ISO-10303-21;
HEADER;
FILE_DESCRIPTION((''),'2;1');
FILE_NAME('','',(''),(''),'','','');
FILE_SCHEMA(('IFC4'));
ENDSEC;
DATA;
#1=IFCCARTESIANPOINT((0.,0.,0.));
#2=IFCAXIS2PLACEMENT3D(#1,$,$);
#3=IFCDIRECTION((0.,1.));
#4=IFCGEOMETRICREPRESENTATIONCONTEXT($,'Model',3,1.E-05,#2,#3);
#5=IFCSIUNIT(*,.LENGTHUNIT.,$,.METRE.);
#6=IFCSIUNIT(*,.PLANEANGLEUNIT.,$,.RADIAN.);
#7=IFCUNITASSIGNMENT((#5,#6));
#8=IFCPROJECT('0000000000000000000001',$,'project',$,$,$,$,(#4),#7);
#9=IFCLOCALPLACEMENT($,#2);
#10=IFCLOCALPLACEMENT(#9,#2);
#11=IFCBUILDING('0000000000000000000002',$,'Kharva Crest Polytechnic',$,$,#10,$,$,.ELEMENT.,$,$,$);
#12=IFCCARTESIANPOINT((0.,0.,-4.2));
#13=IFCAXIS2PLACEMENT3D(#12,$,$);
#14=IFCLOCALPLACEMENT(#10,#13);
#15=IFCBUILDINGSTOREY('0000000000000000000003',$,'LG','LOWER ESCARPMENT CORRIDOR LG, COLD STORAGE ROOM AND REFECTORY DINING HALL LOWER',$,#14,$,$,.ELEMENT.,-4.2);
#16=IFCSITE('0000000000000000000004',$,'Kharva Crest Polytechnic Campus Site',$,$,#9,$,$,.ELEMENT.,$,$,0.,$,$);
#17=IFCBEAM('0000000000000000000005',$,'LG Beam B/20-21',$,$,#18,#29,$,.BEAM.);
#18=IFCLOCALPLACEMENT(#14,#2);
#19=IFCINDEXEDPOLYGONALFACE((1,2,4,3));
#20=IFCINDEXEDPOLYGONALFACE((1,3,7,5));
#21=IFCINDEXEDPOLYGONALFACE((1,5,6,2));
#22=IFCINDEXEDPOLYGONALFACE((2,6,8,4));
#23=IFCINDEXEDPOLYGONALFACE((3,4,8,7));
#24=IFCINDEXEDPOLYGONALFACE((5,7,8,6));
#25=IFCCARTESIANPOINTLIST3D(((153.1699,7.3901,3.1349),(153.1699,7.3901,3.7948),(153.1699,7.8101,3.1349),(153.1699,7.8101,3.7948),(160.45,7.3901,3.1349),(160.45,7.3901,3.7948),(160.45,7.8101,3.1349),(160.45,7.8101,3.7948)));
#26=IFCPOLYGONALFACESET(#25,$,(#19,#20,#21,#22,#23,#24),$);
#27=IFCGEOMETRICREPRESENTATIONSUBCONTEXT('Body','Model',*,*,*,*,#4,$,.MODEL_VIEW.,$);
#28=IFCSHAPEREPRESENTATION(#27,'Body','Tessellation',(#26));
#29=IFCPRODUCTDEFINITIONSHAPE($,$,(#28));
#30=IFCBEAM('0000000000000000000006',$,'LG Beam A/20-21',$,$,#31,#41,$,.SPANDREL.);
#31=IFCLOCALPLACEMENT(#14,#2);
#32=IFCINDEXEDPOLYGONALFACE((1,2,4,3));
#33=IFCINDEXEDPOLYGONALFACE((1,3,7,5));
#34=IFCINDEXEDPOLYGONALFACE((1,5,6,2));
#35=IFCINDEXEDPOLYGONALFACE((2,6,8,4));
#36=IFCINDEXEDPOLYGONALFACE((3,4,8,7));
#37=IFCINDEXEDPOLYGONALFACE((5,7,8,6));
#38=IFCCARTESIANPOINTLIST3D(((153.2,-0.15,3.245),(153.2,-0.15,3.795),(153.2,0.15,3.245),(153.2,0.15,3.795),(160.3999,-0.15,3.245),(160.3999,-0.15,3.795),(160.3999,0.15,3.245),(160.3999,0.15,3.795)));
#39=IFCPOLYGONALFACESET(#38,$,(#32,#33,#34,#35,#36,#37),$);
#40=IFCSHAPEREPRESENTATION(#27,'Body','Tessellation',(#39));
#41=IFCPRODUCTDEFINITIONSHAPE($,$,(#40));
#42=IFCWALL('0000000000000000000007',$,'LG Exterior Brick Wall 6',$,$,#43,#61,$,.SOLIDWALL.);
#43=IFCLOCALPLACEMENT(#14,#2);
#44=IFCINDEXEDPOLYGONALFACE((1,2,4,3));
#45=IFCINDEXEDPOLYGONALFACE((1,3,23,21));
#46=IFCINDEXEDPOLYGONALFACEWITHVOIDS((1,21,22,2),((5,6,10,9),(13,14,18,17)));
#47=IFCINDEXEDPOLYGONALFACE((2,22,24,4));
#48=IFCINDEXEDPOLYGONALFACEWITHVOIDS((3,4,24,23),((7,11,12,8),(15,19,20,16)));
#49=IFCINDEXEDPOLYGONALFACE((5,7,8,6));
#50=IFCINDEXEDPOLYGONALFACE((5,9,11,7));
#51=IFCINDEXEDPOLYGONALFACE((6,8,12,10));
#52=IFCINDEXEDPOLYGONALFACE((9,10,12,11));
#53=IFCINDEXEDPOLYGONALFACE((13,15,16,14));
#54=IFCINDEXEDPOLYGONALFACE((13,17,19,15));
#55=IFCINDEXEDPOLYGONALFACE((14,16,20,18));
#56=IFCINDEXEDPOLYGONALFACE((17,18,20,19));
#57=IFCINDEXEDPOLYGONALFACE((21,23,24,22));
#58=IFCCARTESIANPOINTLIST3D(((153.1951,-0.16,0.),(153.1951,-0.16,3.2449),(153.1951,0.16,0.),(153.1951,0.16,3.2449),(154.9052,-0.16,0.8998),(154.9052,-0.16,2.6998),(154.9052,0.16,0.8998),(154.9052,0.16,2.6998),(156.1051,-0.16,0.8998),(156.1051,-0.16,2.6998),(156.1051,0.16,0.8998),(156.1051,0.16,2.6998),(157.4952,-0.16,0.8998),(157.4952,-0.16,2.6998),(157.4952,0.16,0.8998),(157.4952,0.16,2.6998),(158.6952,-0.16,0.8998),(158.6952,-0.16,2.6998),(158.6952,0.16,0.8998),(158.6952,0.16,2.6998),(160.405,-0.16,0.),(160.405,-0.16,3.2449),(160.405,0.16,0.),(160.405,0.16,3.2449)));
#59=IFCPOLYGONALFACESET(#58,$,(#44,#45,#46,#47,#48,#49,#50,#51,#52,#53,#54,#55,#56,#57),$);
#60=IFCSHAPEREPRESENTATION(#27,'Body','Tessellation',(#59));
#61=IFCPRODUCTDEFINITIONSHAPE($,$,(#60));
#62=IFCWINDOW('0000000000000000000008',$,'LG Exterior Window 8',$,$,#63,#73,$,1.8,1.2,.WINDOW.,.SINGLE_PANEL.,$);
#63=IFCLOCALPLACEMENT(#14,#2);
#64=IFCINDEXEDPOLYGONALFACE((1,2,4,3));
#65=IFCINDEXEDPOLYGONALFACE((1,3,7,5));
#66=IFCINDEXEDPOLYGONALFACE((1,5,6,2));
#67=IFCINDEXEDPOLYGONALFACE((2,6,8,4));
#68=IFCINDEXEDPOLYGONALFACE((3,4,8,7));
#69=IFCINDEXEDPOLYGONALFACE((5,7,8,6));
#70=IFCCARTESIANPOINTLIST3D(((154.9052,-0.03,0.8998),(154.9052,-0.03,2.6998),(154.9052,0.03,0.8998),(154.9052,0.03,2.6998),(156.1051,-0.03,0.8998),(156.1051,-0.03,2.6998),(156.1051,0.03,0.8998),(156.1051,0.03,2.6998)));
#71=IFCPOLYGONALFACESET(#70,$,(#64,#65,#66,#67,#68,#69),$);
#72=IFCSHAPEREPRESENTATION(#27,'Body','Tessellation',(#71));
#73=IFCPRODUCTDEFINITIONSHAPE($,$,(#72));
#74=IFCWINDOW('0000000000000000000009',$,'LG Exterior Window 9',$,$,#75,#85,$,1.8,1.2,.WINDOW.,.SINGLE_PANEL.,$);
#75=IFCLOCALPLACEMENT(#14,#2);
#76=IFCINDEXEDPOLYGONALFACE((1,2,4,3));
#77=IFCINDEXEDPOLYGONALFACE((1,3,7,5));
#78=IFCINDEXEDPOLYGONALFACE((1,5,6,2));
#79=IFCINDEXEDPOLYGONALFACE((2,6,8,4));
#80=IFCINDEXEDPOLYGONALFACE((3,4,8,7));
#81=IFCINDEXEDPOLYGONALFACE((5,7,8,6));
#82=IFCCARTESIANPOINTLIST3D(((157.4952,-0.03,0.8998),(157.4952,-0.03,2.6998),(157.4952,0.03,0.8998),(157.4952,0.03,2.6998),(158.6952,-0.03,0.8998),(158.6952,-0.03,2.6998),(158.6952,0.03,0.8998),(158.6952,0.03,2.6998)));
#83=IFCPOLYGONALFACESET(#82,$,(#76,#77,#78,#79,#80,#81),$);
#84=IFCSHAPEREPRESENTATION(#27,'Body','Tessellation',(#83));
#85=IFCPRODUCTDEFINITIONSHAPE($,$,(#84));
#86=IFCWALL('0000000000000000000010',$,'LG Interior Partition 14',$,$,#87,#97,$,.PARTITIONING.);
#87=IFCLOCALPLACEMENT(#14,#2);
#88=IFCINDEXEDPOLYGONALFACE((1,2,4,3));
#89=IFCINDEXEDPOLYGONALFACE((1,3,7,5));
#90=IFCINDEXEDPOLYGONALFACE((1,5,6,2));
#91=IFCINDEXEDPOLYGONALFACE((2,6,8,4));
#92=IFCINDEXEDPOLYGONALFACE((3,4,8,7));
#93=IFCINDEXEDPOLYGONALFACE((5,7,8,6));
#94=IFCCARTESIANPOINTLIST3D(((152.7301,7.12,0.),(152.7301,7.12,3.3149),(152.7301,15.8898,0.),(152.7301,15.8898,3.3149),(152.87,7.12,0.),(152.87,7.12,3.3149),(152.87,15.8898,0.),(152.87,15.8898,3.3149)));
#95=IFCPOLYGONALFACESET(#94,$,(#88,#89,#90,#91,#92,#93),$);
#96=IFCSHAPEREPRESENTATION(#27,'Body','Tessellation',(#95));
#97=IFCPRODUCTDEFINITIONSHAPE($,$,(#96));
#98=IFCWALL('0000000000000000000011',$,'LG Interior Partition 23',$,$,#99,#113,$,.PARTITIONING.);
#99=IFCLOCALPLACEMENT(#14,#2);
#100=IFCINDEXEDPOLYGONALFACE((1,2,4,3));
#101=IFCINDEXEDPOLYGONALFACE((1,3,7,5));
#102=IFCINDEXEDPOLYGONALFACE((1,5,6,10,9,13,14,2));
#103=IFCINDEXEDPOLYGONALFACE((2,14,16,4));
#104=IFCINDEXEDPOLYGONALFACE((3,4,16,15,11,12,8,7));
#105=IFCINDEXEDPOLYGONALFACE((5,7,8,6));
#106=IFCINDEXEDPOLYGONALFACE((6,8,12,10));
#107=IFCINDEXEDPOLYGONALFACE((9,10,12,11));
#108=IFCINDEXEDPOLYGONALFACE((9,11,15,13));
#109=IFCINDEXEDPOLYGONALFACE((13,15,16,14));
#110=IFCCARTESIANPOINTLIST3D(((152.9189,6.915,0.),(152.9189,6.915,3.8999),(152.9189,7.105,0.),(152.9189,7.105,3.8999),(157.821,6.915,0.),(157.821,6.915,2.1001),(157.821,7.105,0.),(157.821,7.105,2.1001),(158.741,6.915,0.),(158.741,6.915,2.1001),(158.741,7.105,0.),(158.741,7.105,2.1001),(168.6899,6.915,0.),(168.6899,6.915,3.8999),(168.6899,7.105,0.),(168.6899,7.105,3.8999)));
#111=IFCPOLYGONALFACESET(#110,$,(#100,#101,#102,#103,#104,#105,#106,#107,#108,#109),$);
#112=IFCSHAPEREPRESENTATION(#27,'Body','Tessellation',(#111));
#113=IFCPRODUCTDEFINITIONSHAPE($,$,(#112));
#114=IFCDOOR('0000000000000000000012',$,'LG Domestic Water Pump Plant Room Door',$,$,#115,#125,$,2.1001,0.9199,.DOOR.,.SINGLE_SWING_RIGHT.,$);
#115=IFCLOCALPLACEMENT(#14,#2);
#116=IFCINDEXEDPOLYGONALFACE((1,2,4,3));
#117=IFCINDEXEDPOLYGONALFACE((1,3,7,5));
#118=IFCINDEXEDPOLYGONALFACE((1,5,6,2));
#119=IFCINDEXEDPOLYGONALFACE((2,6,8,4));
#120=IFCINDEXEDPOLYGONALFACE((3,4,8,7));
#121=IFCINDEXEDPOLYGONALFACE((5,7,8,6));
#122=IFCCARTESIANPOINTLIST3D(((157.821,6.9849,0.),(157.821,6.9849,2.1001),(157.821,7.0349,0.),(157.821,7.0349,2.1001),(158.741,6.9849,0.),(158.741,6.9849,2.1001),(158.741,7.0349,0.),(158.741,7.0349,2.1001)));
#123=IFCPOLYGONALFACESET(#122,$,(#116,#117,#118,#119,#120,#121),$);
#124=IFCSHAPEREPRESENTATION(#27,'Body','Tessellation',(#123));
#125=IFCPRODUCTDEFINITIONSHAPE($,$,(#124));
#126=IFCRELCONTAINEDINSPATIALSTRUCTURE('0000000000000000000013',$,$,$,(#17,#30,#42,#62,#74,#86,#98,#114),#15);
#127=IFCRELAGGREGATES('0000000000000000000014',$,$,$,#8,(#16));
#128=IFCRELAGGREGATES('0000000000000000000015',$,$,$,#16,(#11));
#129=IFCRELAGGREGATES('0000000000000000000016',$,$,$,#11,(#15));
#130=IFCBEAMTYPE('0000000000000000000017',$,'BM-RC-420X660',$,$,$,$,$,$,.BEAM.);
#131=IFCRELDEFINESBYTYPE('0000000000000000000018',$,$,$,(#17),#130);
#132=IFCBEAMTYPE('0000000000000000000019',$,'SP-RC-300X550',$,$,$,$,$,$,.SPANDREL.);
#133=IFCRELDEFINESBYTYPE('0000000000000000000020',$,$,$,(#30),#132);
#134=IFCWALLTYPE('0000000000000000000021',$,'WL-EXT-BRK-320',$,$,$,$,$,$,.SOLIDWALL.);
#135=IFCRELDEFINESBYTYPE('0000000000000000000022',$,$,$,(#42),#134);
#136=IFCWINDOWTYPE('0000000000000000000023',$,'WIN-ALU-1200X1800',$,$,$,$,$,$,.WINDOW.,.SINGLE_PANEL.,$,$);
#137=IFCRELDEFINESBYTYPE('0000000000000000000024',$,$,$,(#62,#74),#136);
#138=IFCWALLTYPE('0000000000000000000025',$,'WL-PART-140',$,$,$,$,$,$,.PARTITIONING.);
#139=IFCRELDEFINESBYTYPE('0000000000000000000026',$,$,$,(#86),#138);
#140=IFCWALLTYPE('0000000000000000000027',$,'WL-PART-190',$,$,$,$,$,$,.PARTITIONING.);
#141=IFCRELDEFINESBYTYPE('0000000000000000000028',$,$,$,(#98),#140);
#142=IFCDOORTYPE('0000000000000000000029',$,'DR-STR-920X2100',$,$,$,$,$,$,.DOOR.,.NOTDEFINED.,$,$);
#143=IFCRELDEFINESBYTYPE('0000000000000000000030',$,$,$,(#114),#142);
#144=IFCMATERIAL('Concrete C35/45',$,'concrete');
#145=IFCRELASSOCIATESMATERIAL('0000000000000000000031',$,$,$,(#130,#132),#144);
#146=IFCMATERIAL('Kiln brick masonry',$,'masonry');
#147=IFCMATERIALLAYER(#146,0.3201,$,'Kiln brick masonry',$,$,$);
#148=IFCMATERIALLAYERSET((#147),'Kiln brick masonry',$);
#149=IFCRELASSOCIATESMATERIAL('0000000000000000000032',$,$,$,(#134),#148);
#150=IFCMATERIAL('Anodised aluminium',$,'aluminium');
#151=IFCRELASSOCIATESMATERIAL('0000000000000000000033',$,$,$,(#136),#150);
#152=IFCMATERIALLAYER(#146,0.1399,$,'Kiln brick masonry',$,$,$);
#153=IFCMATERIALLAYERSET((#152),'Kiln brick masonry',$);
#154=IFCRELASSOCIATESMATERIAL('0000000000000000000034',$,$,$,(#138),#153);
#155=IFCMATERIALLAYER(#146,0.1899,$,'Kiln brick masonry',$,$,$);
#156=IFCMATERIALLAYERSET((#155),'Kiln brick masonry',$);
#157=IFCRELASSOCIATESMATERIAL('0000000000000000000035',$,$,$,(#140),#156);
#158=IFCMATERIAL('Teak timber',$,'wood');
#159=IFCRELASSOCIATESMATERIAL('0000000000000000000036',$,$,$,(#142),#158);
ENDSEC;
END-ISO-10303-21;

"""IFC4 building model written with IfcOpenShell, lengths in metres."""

from ifc_helpers import new_model, si_unit, direction, frame, frame_2d, origin, origin_2d, place, context, subcontext, project, spatial, rectangle, extrude, material, layer, layer_set, material_profile, profile_set, type_object, element, fill, save


model = new_model("IFC4")

# Units and contexts
model_context = context("Model", 3, precision=1e-05, world=origin(), true_north=direction((0.0, 1.0)))
body_context = subcontext(model_context, "Body", "Model", "MODEL_VIEW")
ifc_project = project(units=[si_unit("LENGTHUNIT", "METRE"), si_unit("PLANEANGLEUNIT", "RADIAN")], contexts=[model_context])

# Site, building, storey
site_placement = place(None, origin())
site = spatial("IfcSite", under=ifc_project, at=site_placement, Name="Kharva Crest Polytechnic Campus Site", CompositionType="ELEMENT", RefElevation=0.0)
building_placement = place(site_placement, origin())
building = spatial("IfcBuilding", under=site, at=building_placement, Name="Kharva Crest Polytechnic", CompositionType="ELEMENT")
storey_placement = place(building_placement, frame((0.0, 0.0, -4.2)))
storey = spatial("IfcBuildingStorey", under=building, at=storey_placement, Name="LG", Description="LOWER ESCARPMENT CORRIDOR LG, COLD STORAGE ROOM AND REFECTORY DINING HALL LOWER", CompositionType="ELEMENT", Elevation=-4.2)

# Shared definitions
ifc_material_1 = material(Name="Concrete C35/45", Category="concrete")

# Beams
ifc_material_profile_1 = material_profile(ifc_material_1, rectangle(XDim=0.4199, YDim=0.6599, at=origin_2d()), Name="RECT 420 X 660")
ifc_profile_set_1 = profile_set([ifc_material_profile_1], Name="Concrete C35/45")
beam_type_1 = type_object("IfcBeamType", Name="BM-RC-420X660", PredefinedType="BEAM", material=ifc_profile_set_1)
beam_1_placement = place(storey_placement, frame((153.1699, 7.6001, 3.4648), z_axis=(1.0, 0.0, 0.0), x_axis=(0.0, 1.0, 0.0)))
element("IfcBeam", 1, at=beam_1_placement, inside=storey, type_object=beam_type_1, Name="LG Beam B/20-21", PredefinedType="BEAM", context=body_context, shape_type="SweptSolid", body=[
    extrude(rectangle(XDim=0.4199, YDim=0.6599, at=origin_2d()), origin(), (0.0, 0.0, 1.0), 7.28),
])
ifc_material_profile_2 = material_profile(ifc_material_1, rectangle(XDim=0.3, YDim=0.55, at=origin_2d()), Name="RECT 300 X 550")
ifc_profile_set_2 = profile_set([ifc_material_profile_2], Name="Concrete C35/45")
beam_type_2 = type_object("IfcBeamType", Name="SP-RC-300X550", PredefinedType="SPANDREL", material=ifc_profile_set_2)
beam_2_placement = place(storey_placement, frame((153.2, 0.0, 3.52), z_axis=(1.0, 0.0, 0.0), x_axis=(0.0, 1.0, 0.0)))
element("IfcBeam", 2, at=beam_2_placement, inside=storey, type_object=beam_type_2, Name="LG Beam A/20-21", PredefinedType="SPANDREL", context=body_context, shape_type="SweptSolid", body=[
    extrude(rectangle(XDim=0.3, YDim=0.55, at=origin_2d()), origin(), (0.0, 0.0, 1.0), 7.2),
])

# Wall, openings, windows
ifc_material_2 = material(Name="Kiln brick masonry", Category="masonry")
ifc_layer_1 = layer(ifc_material_2, 0.3201, Name="Kiln brick masonry")
ifc_layer_set_1 = layer_set([ifc_layer_1], Name="Kiln brick masonry")
wall_type_1 = type_object("IfcWallType", Name="WL-EXT-BRK-320", PredefinedType="SOLIDWALL", material=ifc_layer_set_1)
wall_1_placement = place(storey_placement, frame((153.1951, 0.0, 0.0), z_axis=(0.0, 0.0, 1.0), x_axis=(1.0, 0.0, 0.0)))
wall_1 = element("IfcWall", 3, at=wall_1_placement, inside=storey, type_object=wall_type_1, Name="LG Exterior Brick Wall 6", PredefinedType="SOLIDWALL", context=body_context, shape_type="SweptSolid", body=[
    extrude(rectangle(XDim=7.21, YDim=0.3201, at=frame_2d((3.605, 0.0))), origin(), (0.0, 0.0, 1.0), 3.2449),
])
opening_1_placement = place(wall_1_placement, frame((1.71, 0.0, 0.8999)))
opening_1 = element("IfcOpeningElement", 4, at=opening_1_placement, cuts=wall_1, PredefinedType="OPENING", context=body_context, shape_type="SweptSolid", body=[
    extrude(rectangle(XDim=1.2, YDim=1.8, at=frame_2d((0.6001, 0.8999))), frame((0.0, 0.1699, 0.0), z_axis=(0.0, -1.0, 0.0), x_axis=(1.0, 0.0, 0.0)), (0.0, 0.0, 1.0), 0.3401),
])
opening_2_placement = place(wall_1_placement, frame((4.3, 0.0, 0.8999)))
opening_2 = element("IfcOpeningElement", 5, at=opening_2_placement, cuts=wall_1, PredefinedType="OPENING", context=body_context, shape_type="SweptSolid", body=[
    extrude(rectangle(XDim=1.2, YDim=1.8, at=frame_2d((0.6001, 0.8999))), frame((0.0, 0.1699, 0.0), z_axis=(0.0, -1.0, 0.0), x_axis=(1.0, 0.0, 0.0)), (0.0, 0.0, 1.0), 0.3401),
])
ifc_material_3 = material(Name="Anodised aluminium", Category="aluminium")
window_type = type_object("IfcWindowType", Name="WIN-ALU-1200X1800", PartitioningType="SINGLE_PANEL", PredefinedType="WINDOW", material=ifc_material_3)
window_1_placement = place(opening_1_placement, origin())
window_1 = element("IfcWindow", 6, at=window_1_placement, inside=storey, type_object=window_type, Name="LG Exterior Window 8", OverallHeight=1.8, OverallWidth=1.2, PartitioningType="SINGLE_PANEL", PredefinedType="WINDOW", context=body_context, shape_type="SweptSolid", body=[
    extrude(rectangle(XDim=1.2, YDim=1.8, at=frame_2d((0.6001, 0.8999))), frame((0.0, 0.03, 0.0), z_axis=(0.0, -1.0, 0.0), x_axis=(1.0, 0.0, 0.0)), (0.0, 0.0, 1.0), 0.0601),
])
fill(opening_1, window_1)
window_2_placement = place(opening_2_placement, origin())
window_2 = element("IfcWindow", 7, at=window_2_placement, inside=storey, type_object=window_type, Name="LG Exterior Window 9", OverallHeight=1.8, OverallWidth=1.2, PartitioningType="SINGLE_PANEL", PredefinedType="WINDOW", context=body_context, shape_type="SweptSolid", body=[
    extrude(rectangle(XDim=1.2, YDim=1.8, at=frame_2d((0.6001, 0.8999))), frame((0.0, 0.03, 0.0), z_axis=(0.0, -1.0, 0.0), x_axis=(1.0, 0.0, 0.0)), (0.0, 0.0, 1.0), 0.0601),
])
fill(opening_2, window_2)

# Wall
ifc_layer_2 = layer(ifc_material_2, 0.1399, Name="Kiln brick masonry")
ifc_layer_set_2 = layer_set([ifc_layer_2], Name="Kiln brick masonry")
wall_type_2 = type_object("IfcWallType", Name="WL-PART-140", PredefinedType="PARTITIONING", material=ifc_layer_set_2)
wall_2_placement = place(storey_placement, frame((152.8, 7.1201, 0.0), z_axis=(0.0, 0.0, 1.0), x_axis=(0.0, 1.0, 0.0)))
element("IfcWall", 8, at=wall_2_placement, inside=storey, type_object=wall_type_2, Name="LG Interior Partition 14", PredefinedType="PARTITIONING", context=body_context, shape_type="SweptSolid", body=[
    extrude(rectangle(XDim=8.7698, YDim=0.1399, at=frame_2d((4.3848, 0.0))), origin(), (0.0, 0.0, 1.0), 3.3149),
])

# Wall, opening, door
ifc_layer_3 = layer(ifc_material_2, 0.1899, Name="Kiln brick masonry")
ifc_layer_set_3 = layer_set([ifc_layer_3], Name="Kiln brick masonry")
wall_type_3 = type_object("IfcWallType", Name="WL-PART-190", PredefinedType="PARTITIONING", material=ifc_layer_set_3)
wall_3_placement = place(storey_placement, frame((152.9189, 7.01, 0.0), z_axis=(0.0, 0.0, 1.0), x_axis=(1.0, 0.0, 0.0)))
wall_3 = element("IfcWall", 9, at=wall_3_placement, inside=storey, type_object=wall_type_3, Name="LG Interior Partition 23", PredefinedType="PARTITIONING", context=body_context, shape_type="SweptSolid", body=[
    extrude(rectangle(XDim=15.771, YDim=0.1899, at=frame_2d((7.8855, 0.0))), origin(), (0.0, 0.0, 1.0), 3.8999),
])
opening_3_placement = place(wall_3_placement, frame((4.9021, 0.0, 0.0)))
opening_3 = element("IfcOpeningElement", 10, at=opening_3_placement, cuts=wall_3, PredefinedType="OPENING", context=body_context, shape_type="SweptSolid", body=[
    extrude(rectangle(XDim=0.9199, YDim=2.1001, at=frame_2d((0.46, 1.05))), frame((0.0, 0.105, 0.0), z_axis=(0.0, -1.0, 0.0), x_axis=(1.0, 0.0, 0.0)), (0.0, 0.0, 1.0), 0.21),
])
ifc_material_4 = material(Name="Teak timber", Category="wood")
door_type = type_object("IfcDoorType", Name="DR-STR-920X2100", OperationType="NOTDEFINED", PredefinedType="DOOR", material=ifc_material_4)
door_placement = place(opening_3_placement, origin())
door = element("IfcDoor", 11, at=door_placement, inside=storey, type_object=door_type, Name="LG Domestic Water Pump Plant Room Door", OperationType="SINGLE_SWING_RIGHT", OverallHeight=2.1001, OverallWidth=0.9199, PredefinedType="DOOR", context=body_context, shape_type="SweptSolid", body=[
    extrude(rectangle(XDim=0.9199, YDim=2.1001, at=frame_2d((0.46, 1.05))), frame((0.0, 0.0249, 0.0), z_axis=(0.0, -1.0, 0.0), x_axis=(1.0, 0.0, 0.0)), (0.0, 0.0, 1.0), 0.05),
])
fill(opening_3, door)

save(model, "model.ifc")
